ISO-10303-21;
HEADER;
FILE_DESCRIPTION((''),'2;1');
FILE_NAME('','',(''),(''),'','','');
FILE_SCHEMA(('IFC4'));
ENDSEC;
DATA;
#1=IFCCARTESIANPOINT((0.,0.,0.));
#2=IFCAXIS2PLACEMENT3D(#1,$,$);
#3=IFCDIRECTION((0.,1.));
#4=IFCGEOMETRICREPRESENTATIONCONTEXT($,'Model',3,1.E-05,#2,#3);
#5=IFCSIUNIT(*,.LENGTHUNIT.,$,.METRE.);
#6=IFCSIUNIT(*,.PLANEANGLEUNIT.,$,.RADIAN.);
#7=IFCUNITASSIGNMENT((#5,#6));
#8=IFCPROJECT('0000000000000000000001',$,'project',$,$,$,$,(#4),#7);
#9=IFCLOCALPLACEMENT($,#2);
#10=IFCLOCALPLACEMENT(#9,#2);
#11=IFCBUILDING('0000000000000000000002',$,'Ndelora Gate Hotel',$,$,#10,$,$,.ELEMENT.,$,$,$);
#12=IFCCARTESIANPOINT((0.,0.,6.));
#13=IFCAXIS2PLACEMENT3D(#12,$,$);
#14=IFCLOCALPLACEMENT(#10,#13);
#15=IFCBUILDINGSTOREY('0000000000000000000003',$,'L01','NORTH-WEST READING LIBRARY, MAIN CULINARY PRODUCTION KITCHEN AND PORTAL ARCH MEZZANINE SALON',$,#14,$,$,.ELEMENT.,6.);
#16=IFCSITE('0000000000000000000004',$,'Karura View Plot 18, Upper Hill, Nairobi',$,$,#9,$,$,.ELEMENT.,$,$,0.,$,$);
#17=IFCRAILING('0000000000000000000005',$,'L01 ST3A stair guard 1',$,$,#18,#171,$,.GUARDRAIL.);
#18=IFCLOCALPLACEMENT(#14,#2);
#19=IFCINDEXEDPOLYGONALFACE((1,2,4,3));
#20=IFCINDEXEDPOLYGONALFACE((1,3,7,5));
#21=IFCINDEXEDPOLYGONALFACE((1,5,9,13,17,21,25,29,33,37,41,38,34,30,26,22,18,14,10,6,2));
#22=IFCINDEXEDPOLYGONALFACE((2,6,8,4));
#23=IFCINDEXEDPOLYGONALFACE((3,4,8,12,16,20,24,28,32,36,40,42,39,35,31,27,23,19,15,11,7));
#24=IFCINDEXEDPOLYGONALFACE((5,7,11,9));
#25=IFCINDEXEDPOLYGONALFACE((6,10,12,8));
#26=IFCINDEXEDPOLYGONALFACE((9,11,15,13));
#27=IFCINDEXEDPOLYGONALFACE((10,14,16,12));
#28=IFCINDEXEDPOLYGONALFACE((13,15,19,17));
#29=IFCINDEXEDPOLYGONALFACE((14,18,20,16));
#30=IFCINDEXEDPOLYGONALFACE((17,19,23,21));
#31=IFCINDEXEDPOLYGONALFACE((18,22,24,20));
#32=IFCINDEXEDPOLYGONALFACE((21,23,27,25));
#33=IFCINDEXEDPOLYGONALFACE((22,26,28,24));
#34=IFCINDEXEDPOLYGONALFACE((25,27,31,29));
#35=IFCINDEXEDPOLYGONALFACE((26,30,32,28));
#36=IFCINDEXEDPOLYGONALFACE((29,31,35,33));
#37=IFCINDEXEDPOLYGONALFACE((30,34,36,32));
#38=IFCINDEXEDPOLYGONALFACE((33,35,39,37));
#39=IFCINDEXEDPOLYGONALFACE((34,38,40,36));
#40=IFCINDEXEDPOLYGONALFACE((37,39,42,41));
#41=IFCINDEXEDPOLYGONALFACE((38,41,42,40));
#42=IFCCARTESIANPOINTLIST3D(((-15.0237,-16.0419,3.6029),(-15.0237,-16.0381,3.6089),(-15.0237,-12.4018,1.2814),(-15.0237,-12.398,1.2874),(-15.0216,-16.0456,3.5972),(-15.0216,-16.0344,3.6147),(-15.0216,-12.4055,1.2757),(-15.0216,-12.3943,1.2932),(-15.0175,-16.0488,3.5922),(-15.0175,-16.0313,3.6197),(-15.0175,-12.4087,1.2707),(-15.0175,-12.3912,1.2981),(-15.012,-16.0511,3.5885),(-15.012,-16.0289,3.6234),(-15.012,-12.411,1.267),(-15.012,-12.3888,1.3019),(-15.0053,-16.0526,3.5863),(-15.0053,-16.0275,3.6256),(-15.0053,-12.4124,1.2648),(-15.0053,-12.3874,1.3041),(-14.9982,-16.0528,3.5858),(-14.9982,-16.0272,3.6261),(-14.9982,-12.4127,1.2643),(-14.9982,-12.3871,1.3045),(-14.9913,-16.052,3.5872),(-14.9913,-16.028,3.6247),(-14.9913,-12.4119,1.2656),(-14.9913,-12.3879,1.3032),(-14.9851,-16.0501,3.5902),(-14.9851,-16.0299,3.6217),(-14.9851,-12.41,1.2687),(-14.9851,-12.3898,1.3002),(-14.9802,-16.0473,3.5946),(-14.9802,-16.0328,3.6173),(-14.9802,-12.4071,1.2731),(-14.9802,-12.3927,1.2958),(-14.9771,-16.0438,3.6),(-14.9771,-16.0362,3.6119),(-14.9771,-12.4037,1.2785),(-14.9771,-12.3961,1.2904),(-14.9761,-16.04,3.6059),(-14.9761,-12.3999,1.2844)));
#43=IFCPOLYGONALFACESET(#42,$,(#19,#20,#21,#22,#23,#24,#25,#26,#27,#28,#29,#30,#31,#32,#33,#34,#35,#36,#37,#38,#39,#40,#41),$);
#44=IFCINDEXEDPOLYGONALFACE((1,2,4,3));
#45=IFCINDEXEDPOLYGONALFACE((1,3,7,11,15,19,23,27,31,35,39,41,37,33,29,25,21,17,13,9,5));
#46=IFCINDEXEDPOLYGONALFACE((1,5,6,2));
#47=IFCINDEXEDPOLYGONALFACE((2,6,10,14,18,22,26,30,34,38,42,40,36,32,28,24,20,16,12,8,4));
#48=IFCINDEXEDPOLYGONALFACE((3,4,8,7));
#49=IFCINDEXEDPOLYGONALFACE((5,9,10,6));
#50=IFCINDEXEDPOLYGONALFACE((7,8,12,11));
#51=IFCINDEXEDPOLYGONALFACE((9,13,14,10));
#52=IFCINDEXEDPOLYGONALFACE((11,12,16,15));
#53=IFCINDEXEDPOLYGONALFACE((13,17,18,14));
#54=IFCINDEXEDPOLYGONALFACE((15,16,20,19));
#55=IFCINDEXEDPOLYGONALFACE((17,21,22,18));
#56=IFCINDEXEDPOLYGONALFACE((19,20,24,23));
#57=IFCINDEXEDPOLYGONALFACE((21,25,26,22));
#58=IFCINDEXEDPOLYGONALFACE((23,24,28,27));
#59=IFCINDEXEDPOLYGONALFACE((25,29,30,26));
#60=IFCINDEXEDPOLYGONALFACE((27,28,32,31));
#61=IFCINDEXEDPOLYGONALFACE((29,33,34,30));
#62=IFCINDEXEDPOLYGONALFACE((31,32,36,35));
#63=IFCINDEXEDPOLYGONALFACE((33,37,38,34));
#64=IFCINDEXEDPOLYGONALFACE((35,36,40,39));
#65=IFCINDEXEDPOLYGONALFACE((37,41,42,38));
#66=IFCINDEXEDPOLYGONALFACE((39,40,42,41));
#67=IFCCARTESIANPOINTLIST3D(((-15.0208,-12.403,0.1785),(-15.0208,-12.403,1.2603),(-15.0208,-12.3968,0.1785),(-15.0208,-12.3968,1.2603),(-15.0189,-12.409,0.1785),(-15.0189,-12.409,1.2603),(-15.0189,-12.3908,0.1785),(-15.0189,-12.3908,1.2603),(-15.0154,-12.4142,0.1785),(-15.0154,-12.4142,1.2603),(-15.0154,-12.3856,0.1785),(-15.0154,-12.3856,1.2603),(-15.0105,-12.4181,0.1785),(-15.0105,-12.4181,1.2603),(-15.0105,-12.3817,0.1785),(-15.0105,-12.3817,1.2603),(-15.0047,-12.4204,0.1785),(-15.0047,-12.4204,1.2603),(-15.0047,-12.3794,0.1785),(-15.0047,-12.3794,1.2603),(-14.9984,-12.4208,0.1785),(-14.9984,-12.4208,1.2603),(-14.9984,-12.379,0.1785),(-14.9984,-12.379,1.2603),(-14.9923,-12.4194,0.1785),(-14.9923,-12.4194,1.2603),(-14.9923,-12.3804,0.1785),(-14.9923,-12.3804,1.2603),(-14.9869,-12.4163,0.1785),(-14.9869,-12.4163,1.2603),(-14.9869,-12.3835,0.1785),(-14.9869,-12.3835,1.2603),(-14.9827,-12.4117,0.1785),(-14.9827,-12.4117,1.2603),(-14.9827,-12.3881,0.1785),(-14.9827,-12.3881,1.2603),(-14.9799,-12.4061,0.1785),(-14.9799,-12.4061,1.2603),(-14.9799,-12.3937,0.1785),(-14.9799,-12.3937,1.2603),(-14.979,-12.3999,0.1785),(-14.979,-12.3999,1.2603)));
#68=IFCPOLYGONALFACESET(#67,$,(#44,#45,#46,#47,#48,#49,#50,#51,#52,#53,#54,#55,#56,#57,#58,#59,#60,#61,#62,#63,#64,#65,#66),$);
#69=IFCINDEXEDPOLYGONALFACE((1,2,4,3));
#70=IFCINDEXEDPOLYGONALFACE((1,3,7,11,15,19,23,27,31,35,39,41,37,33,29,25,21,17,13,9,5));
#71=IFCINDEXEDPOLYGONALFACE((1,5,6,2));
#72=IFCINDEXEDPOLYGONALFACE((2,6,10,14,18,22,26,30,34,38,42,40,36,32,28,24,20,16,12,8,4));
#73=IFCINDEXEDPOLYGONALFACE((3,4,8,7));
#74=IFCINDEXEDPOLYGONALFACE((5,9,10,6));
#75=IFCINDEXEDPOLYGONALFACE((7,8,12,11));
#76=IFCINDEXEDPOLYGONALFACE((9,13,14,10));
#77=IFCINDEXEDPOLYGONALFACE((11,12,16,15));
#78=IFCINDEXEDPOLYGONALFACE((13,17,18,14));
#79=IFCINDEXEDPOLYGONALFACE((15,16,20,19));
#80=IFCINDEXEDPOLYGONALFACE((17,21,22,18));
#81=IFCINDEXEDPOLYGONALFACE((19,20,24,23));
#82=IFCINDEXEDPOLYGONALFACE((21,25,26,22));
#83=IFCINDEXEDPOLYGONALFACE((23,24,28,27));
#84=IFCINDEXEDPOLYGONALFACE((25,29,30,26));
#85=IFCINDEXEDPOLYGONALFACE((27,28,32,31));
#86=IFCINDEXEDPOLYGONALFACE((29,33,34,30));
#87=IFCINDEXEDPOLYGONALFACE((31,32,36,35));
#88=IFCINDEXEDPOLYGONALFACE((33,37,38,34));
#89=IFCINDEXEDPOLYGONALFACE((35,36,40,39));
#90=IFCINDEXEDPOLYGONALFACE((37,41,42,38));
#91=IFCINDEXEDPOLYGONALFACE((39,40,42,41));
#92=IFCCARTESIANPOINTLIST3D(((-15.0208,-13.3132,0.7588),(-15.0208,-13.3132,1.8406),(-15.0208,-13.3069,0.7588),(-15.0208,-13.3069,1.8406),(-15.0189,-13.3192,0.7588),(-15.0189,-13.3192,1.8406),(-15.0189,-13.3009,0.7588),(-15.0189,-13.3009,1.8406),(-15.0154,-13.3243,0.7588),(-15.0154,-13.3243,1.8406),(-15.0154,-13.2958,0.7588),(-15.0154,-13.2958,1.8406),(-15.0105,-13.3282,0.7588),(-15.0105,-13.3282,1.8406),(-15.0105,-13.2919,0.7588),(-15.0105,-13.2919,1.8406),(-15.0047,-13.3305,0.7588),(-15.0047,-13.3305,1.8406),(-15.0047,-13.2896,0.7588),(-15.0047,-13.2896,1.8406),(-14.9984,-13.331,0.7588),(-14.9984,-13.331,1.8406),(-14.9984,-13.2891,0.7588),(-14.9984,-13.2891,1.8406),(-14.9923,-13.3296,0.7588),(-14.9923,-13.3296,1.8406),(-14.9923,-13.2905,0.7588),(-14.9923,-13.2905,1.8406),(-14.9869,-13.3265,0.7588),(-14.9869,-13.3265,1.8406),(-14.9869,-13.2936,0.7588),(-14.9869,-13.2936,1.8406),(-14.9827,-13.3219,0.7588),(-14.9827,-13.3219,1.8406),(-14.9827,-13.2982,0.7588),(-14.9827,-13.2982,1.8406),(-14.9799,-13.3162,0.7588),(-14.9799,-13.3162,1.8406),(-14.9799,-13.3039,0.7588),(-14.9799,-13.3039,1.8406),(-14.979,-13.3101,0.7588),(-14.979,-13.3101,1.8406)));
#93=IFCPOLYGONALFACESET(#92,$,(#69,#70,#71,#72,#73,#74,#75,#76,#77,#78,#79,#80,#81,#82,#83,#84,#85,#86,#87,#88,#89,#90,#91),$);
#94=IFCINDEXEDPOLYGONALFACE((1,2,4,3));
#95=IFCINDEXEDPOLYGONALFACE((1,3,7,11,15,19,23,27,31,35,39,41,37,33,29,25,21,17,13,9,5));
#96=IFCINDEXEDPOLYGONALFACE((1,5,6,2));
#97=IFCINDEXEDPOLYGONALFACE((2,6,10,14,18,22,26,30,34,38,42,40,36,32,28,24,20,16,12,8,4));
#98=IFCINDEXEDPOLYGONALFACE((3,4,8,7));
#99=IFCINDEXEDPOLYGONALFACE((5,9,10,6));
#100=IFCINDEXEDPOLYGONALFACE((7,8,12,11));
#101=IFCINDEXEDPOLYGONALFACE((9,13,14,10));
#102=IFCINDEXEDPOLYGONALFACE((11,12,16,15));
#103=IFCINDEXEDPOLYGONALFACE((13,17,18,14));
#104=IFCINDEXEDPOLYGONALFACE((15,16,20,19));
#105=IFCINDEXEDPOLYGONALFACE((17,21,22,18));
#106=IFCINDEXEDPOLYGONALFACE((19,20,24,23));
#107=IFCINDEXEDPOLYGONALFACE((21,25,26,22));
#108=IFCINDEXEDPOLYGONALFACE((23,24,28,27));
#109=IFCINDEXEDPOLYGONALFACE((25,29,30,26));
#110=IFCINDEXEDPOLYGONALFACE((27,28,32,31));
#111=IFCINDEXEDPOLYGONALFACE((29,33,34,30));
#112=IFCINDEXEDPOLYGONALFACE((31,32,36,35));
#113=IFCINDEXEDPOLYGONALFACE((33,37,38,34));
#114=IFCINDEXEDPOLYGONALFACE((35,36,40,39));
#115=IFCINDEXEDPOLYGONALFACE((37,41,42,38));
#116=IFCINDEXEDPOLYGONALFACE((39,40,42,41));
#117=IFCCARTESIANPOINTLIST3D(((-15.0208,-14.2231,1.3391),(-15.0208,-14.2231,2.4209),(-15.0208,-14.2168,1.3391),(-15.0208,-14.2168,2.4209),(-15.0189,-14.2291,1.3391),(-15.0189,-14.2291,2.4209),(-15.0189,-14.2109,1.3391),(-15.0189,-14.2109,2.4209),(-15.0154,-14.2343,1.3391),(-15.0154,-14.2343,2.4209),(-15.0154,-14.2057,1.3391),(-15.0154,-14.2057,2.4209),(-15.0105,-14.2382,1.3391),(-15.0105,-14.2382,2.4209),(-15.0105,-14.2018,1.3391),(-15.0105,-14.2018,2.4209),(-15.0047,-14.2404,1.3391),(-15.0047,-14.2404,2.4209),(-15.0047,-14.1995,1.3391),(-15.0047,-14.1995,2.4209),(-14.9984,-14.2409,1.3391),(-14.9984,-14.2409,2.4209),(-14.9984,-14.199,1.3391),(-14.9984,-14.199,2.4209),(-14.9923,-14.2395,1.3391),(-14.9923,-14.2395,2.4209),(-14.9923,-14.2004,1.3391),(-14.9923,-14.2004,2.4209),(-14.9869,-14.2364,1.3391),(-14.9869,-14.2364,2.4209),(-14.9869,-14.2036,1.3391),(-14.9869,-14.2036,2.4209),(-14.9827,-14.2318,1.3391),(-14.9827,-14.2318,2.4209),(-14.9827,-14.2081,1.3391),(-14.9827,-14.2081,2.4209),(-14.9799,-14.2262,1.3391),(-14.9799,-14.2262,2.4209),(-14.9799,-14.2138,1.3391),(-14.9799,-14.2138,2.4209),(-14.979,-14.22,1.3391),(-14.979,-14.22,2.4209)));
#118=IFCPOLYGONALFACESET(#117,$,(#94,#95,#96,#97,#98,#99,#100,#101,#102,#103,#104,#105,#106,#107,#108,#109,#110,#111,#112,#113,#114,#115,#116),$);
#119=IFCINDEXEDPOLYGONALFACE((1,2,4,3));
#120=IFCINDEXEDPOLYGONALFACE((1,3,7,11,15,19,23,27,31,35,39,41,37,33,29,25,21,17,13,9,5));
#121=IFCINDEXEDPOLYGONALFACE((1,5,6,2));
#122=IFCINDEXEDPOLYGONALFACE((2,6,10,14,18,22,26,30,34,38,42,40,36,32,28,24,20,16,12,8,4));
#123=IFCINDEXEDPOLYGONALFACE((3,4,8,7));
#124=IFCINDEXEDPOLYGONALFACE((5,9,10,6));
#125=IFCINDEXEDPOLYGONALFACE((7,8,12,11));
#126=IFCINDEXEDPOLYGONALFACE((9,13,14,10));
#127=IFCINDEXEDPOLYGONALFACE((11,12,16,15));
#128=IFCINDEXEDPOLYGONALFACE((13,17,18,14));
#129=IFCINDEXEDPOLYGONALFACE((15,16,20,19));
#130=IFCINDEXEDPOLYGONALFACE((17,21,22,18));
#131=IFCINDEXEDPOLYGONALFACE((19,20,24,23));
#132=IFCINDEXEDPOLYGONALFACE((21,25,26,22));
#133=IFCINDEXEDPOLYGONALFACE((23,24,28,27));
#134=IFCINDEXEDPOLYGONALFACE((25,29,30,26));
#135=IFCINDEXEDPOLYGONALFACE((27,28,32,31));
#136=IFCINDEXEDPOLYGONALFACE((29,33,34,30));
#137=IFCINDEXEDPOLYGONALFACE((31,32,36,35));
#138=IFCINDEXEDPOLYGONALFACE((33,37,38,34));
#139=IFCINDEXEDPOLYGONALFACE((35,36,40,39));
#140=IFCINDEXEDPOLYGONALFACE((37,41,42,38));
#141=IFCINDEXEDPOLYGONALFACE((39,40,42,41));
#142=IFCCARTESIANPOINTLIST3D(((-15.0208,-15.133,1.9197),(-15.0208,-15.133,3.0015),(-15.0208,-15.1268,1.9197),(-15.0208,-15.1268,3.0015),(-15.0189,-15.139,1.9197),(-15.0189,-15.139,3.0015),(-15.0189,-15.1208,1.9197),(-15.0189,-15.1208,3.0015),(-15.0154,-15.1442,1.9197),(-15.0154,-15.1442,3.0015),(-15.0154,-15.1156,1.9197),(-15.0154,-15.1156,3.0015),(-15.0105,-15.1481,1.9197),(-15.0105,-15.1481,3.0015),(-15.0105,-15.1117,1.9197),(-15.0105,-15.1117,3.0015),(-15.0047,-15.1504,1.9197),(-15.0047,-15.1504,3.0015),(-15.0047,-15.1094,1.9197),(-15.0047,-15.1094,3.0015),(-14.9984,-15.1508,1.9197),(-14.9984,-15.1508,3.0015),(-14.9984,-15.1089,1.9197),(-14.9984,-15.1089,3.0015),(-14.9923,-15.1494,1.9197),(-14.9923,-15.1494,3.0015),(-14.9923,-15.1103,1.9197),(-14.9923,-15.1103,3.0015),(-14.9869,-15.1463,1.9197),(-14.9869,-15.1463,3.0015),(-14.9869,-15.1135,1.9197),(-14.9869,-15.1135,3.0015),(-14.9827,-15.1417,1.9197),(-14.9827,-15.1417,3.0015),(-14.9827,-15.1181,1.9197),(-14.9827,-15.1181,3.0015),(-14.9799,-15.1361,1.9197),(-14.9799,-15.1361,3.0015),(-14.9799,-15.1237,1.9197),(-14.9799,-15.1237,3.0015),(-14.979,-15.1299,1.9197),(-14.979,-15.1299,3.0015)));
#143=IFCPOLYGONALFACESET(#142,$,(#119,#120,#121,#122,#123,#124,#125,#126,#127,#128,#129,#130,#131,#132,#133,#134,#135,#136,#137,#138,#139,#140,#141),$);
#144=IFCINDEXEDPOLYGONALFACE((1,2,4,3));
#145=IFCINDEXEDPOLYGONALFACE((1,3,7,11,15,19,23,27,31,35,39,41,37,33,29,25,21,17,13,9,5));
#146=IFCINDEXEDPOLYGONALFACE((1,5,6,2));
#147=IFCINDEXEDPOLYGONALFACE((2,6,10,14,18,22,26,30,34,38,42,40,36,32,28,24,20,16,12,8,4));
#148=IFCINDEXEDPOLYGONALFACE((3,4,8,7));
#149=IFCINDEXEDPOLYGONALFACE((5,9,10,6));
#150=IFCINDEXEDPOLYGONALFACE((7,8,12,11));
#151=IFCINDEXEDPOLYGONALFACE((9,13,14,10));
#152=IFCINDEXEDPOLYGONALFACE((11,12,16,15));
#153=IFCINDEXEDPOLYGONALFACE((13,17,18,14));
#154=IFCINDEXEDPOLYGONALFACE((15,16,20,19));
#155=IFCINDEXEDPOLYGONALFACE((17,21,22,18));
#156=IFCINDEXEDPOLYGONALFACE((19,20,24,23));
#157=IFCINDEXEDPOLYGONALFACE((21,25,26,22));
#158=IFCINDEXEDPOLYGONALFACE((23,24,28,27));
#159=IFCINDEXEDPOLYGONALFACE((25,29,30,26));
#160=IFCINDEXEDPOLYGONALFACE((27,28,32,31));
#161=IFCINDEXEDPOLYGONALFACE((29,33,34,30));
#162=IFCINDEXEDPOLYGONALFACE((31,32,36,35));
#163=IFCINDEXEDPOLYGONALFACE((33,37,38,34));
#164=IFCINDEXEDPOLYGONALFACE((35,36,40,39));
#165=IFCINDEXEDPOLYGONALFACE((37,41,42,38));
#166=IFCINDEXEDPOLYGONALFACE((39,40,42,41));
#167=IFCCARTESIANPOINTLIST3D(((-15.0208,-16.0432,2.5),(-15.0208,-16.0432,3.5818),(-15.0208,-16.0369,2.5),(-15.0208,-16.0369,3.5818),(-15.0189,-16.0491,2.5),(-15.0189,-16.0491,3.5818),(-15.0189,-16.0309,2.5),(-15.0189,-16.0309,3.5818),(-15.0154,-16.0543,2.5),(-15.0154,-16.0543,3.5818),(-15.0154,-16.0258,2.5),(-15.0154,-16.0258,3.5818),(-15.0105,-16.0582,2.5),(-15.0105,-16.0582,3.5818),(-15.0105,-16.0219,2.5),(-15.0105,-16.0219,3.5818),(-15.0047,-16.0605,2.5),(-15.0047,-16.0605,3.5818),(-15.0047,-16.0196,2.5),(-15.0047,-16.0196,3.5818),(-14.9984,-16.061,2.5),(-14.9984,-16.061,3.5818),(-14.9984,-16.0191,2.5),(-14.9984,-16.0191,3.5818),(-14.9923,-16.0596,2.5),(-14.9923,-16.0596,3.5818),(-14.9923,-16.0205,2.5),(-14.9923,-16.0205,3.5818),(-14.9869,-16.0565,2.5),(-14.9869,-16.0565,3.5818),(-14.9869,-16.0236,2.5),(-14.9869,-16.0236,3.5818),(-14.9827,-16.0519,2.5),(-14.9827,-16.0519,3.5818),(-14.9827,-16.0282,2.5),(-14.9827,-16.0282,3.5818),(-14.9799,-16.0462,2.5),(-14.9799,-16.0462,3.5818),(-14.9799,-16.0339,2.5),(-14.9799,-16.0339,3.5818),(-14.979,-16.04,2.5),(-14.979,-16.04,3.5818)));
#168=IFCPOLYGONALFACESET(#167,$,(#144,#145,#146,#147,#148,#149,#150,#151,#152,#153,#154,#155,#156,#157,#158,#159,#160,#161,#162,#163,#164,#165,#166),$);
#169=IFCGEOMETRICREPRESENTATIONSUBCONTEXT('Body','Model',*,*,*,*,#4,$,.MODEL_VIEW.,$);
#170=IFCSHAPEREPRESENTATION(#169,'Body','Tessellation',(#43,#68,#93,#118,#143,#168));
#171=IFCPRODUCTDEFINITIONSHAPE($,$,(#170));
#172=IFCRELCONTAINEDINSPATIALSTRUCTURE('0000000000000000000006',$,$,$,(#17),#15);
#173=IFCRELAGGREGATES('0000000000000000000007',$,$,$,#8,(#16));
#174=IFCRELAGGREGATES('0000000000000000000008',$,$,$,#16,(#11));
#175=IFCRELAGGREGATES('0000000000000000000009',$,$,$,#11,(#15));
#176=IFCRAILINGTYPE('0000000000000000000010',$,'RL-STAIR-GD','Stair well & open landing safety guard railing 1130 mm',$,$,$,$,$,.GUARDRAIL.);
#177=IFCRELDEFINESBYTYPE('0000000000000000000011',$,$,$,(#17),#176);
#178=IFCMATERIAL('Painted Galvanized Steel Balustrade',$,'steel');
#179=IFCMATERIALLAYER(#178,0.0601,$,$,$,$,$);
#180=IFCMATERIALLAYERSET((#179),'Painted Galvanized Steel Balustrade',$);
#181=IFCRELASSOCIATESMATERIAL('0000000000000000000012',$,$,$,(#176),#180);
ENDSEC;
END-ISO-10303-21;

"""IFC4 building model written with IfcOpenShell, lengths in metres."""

from ifc_helpers import new_model, si_unit, direction, frame, origin, origin_2d, place, context, subcontext, project, spatial, circle, extrude, material, layer, layer_set, type_object, element, save


model = new_model("IFC4")

# Units and contexts
model_context = context("Model", 3, precision=1e-05, world=origin(), true_north=direction((0.0, 1.0)))
body_context = subcontext(model_context, "Body", "Model", "MODEL_VIEW")
ifc_project = project(units=[si_unit("LENGTHUNIT", "METRE"), si_unit("PLANEANGLEUNIT", "RADIAN")], contexts=[model_context])

# Site, building, storey
site_placement = place(None, origin())
site = spatial("IfcSite", under=ifc_project, at=site_placement, Name="Karura View Plot 18, Upper Hill, Nairobi", CompositionType="ELEMENT", RefElevation=0.0)
building_placement = place(site_placement, origin())
building = spatial("IfcBuilding", under=site, at=building_placement, Name="Ndelora Gate Hotel", CompositionType="ELEMENT")
storey_placement = place(building_placement, frame((0.0, 0.0, 6.0)))
storey = spatial("IfcBuildingStorey", under=building, at=storey_placement, Name="L01", Description="NORTH-WEST READING LIBRARY, MAIN CULINARY PRODUCTION KITCHEN AND PORTAL ARCH MEZZANINE SALON", CompositionType="ELEMENT", Elevation=6.0)

# Railing
ifc_material_1 = material(Name="Painted Galvanized Steel Balustrade", Category="steel")
ifc_layer_1 = layer(ifc_material_1, 0.0601)
ifc_layer_set_1 = layer_set([ifc_layer_1], Name="Painted Galvanized Steel Balustrade")
railing_type_1 = type_object("IfcRailingType", Name="RL-STAIR-GD", Description="Stair well & open landing safety guard railing 1130 mm", PredefinedType="GUARDRAIL", material=ifc_layer_set_1)
railing_1_placement = place(storey_placement, frame((-15.0, -12.3999, 0.1785)))
element("IfcRailing", 1, at=railing_1_placement, inside=storey, type_object=railing_type_1, Name="L01 ST3A stair guard 1", PredefinedType="GUARDRAIL", context=body_context, shape_type="SweptSolid", body=[
    extrude(circle(Radius=0.0239, at=origin_2d()), frame((0.0, 0.0, 1.106), z_axis=(0.0, -0.843128, 0.537713), x_axis=(1.0, 0.0, 0.0)), (0.0, 0.0, 1.0), 4.3174),
    extrude(circle(Radius=0.021, at=origin_2d()), origin(), (0.0, 0.0, 1.0), 1.0818),
    extrude(circle(Radius=0.021, at=origin_2d()), frame((0.0, -0.9102, 0.5803)), (0.0, 0.0, 1.0), 1.0818),
    extrude(circle(Radius=0.021, at=origin_2d()), frame((0.0, -1.8201, 1.1606)), (0.0, 0.0, 1.0), 1.0818),
    extrude(circle(Radius=0.021, at=origin_2d()), frame((0.0, -2.73, 1.7412)), (0.0, 0.0, 1.0), 1.0818),
    extrude(circle(Radius=0.021, at=origin_2d()), frame((0.0, -3.6401, 2.3215)), (0.0, 0.0, 1.0), 1.0818),
])

save(model, "model.ifc")
